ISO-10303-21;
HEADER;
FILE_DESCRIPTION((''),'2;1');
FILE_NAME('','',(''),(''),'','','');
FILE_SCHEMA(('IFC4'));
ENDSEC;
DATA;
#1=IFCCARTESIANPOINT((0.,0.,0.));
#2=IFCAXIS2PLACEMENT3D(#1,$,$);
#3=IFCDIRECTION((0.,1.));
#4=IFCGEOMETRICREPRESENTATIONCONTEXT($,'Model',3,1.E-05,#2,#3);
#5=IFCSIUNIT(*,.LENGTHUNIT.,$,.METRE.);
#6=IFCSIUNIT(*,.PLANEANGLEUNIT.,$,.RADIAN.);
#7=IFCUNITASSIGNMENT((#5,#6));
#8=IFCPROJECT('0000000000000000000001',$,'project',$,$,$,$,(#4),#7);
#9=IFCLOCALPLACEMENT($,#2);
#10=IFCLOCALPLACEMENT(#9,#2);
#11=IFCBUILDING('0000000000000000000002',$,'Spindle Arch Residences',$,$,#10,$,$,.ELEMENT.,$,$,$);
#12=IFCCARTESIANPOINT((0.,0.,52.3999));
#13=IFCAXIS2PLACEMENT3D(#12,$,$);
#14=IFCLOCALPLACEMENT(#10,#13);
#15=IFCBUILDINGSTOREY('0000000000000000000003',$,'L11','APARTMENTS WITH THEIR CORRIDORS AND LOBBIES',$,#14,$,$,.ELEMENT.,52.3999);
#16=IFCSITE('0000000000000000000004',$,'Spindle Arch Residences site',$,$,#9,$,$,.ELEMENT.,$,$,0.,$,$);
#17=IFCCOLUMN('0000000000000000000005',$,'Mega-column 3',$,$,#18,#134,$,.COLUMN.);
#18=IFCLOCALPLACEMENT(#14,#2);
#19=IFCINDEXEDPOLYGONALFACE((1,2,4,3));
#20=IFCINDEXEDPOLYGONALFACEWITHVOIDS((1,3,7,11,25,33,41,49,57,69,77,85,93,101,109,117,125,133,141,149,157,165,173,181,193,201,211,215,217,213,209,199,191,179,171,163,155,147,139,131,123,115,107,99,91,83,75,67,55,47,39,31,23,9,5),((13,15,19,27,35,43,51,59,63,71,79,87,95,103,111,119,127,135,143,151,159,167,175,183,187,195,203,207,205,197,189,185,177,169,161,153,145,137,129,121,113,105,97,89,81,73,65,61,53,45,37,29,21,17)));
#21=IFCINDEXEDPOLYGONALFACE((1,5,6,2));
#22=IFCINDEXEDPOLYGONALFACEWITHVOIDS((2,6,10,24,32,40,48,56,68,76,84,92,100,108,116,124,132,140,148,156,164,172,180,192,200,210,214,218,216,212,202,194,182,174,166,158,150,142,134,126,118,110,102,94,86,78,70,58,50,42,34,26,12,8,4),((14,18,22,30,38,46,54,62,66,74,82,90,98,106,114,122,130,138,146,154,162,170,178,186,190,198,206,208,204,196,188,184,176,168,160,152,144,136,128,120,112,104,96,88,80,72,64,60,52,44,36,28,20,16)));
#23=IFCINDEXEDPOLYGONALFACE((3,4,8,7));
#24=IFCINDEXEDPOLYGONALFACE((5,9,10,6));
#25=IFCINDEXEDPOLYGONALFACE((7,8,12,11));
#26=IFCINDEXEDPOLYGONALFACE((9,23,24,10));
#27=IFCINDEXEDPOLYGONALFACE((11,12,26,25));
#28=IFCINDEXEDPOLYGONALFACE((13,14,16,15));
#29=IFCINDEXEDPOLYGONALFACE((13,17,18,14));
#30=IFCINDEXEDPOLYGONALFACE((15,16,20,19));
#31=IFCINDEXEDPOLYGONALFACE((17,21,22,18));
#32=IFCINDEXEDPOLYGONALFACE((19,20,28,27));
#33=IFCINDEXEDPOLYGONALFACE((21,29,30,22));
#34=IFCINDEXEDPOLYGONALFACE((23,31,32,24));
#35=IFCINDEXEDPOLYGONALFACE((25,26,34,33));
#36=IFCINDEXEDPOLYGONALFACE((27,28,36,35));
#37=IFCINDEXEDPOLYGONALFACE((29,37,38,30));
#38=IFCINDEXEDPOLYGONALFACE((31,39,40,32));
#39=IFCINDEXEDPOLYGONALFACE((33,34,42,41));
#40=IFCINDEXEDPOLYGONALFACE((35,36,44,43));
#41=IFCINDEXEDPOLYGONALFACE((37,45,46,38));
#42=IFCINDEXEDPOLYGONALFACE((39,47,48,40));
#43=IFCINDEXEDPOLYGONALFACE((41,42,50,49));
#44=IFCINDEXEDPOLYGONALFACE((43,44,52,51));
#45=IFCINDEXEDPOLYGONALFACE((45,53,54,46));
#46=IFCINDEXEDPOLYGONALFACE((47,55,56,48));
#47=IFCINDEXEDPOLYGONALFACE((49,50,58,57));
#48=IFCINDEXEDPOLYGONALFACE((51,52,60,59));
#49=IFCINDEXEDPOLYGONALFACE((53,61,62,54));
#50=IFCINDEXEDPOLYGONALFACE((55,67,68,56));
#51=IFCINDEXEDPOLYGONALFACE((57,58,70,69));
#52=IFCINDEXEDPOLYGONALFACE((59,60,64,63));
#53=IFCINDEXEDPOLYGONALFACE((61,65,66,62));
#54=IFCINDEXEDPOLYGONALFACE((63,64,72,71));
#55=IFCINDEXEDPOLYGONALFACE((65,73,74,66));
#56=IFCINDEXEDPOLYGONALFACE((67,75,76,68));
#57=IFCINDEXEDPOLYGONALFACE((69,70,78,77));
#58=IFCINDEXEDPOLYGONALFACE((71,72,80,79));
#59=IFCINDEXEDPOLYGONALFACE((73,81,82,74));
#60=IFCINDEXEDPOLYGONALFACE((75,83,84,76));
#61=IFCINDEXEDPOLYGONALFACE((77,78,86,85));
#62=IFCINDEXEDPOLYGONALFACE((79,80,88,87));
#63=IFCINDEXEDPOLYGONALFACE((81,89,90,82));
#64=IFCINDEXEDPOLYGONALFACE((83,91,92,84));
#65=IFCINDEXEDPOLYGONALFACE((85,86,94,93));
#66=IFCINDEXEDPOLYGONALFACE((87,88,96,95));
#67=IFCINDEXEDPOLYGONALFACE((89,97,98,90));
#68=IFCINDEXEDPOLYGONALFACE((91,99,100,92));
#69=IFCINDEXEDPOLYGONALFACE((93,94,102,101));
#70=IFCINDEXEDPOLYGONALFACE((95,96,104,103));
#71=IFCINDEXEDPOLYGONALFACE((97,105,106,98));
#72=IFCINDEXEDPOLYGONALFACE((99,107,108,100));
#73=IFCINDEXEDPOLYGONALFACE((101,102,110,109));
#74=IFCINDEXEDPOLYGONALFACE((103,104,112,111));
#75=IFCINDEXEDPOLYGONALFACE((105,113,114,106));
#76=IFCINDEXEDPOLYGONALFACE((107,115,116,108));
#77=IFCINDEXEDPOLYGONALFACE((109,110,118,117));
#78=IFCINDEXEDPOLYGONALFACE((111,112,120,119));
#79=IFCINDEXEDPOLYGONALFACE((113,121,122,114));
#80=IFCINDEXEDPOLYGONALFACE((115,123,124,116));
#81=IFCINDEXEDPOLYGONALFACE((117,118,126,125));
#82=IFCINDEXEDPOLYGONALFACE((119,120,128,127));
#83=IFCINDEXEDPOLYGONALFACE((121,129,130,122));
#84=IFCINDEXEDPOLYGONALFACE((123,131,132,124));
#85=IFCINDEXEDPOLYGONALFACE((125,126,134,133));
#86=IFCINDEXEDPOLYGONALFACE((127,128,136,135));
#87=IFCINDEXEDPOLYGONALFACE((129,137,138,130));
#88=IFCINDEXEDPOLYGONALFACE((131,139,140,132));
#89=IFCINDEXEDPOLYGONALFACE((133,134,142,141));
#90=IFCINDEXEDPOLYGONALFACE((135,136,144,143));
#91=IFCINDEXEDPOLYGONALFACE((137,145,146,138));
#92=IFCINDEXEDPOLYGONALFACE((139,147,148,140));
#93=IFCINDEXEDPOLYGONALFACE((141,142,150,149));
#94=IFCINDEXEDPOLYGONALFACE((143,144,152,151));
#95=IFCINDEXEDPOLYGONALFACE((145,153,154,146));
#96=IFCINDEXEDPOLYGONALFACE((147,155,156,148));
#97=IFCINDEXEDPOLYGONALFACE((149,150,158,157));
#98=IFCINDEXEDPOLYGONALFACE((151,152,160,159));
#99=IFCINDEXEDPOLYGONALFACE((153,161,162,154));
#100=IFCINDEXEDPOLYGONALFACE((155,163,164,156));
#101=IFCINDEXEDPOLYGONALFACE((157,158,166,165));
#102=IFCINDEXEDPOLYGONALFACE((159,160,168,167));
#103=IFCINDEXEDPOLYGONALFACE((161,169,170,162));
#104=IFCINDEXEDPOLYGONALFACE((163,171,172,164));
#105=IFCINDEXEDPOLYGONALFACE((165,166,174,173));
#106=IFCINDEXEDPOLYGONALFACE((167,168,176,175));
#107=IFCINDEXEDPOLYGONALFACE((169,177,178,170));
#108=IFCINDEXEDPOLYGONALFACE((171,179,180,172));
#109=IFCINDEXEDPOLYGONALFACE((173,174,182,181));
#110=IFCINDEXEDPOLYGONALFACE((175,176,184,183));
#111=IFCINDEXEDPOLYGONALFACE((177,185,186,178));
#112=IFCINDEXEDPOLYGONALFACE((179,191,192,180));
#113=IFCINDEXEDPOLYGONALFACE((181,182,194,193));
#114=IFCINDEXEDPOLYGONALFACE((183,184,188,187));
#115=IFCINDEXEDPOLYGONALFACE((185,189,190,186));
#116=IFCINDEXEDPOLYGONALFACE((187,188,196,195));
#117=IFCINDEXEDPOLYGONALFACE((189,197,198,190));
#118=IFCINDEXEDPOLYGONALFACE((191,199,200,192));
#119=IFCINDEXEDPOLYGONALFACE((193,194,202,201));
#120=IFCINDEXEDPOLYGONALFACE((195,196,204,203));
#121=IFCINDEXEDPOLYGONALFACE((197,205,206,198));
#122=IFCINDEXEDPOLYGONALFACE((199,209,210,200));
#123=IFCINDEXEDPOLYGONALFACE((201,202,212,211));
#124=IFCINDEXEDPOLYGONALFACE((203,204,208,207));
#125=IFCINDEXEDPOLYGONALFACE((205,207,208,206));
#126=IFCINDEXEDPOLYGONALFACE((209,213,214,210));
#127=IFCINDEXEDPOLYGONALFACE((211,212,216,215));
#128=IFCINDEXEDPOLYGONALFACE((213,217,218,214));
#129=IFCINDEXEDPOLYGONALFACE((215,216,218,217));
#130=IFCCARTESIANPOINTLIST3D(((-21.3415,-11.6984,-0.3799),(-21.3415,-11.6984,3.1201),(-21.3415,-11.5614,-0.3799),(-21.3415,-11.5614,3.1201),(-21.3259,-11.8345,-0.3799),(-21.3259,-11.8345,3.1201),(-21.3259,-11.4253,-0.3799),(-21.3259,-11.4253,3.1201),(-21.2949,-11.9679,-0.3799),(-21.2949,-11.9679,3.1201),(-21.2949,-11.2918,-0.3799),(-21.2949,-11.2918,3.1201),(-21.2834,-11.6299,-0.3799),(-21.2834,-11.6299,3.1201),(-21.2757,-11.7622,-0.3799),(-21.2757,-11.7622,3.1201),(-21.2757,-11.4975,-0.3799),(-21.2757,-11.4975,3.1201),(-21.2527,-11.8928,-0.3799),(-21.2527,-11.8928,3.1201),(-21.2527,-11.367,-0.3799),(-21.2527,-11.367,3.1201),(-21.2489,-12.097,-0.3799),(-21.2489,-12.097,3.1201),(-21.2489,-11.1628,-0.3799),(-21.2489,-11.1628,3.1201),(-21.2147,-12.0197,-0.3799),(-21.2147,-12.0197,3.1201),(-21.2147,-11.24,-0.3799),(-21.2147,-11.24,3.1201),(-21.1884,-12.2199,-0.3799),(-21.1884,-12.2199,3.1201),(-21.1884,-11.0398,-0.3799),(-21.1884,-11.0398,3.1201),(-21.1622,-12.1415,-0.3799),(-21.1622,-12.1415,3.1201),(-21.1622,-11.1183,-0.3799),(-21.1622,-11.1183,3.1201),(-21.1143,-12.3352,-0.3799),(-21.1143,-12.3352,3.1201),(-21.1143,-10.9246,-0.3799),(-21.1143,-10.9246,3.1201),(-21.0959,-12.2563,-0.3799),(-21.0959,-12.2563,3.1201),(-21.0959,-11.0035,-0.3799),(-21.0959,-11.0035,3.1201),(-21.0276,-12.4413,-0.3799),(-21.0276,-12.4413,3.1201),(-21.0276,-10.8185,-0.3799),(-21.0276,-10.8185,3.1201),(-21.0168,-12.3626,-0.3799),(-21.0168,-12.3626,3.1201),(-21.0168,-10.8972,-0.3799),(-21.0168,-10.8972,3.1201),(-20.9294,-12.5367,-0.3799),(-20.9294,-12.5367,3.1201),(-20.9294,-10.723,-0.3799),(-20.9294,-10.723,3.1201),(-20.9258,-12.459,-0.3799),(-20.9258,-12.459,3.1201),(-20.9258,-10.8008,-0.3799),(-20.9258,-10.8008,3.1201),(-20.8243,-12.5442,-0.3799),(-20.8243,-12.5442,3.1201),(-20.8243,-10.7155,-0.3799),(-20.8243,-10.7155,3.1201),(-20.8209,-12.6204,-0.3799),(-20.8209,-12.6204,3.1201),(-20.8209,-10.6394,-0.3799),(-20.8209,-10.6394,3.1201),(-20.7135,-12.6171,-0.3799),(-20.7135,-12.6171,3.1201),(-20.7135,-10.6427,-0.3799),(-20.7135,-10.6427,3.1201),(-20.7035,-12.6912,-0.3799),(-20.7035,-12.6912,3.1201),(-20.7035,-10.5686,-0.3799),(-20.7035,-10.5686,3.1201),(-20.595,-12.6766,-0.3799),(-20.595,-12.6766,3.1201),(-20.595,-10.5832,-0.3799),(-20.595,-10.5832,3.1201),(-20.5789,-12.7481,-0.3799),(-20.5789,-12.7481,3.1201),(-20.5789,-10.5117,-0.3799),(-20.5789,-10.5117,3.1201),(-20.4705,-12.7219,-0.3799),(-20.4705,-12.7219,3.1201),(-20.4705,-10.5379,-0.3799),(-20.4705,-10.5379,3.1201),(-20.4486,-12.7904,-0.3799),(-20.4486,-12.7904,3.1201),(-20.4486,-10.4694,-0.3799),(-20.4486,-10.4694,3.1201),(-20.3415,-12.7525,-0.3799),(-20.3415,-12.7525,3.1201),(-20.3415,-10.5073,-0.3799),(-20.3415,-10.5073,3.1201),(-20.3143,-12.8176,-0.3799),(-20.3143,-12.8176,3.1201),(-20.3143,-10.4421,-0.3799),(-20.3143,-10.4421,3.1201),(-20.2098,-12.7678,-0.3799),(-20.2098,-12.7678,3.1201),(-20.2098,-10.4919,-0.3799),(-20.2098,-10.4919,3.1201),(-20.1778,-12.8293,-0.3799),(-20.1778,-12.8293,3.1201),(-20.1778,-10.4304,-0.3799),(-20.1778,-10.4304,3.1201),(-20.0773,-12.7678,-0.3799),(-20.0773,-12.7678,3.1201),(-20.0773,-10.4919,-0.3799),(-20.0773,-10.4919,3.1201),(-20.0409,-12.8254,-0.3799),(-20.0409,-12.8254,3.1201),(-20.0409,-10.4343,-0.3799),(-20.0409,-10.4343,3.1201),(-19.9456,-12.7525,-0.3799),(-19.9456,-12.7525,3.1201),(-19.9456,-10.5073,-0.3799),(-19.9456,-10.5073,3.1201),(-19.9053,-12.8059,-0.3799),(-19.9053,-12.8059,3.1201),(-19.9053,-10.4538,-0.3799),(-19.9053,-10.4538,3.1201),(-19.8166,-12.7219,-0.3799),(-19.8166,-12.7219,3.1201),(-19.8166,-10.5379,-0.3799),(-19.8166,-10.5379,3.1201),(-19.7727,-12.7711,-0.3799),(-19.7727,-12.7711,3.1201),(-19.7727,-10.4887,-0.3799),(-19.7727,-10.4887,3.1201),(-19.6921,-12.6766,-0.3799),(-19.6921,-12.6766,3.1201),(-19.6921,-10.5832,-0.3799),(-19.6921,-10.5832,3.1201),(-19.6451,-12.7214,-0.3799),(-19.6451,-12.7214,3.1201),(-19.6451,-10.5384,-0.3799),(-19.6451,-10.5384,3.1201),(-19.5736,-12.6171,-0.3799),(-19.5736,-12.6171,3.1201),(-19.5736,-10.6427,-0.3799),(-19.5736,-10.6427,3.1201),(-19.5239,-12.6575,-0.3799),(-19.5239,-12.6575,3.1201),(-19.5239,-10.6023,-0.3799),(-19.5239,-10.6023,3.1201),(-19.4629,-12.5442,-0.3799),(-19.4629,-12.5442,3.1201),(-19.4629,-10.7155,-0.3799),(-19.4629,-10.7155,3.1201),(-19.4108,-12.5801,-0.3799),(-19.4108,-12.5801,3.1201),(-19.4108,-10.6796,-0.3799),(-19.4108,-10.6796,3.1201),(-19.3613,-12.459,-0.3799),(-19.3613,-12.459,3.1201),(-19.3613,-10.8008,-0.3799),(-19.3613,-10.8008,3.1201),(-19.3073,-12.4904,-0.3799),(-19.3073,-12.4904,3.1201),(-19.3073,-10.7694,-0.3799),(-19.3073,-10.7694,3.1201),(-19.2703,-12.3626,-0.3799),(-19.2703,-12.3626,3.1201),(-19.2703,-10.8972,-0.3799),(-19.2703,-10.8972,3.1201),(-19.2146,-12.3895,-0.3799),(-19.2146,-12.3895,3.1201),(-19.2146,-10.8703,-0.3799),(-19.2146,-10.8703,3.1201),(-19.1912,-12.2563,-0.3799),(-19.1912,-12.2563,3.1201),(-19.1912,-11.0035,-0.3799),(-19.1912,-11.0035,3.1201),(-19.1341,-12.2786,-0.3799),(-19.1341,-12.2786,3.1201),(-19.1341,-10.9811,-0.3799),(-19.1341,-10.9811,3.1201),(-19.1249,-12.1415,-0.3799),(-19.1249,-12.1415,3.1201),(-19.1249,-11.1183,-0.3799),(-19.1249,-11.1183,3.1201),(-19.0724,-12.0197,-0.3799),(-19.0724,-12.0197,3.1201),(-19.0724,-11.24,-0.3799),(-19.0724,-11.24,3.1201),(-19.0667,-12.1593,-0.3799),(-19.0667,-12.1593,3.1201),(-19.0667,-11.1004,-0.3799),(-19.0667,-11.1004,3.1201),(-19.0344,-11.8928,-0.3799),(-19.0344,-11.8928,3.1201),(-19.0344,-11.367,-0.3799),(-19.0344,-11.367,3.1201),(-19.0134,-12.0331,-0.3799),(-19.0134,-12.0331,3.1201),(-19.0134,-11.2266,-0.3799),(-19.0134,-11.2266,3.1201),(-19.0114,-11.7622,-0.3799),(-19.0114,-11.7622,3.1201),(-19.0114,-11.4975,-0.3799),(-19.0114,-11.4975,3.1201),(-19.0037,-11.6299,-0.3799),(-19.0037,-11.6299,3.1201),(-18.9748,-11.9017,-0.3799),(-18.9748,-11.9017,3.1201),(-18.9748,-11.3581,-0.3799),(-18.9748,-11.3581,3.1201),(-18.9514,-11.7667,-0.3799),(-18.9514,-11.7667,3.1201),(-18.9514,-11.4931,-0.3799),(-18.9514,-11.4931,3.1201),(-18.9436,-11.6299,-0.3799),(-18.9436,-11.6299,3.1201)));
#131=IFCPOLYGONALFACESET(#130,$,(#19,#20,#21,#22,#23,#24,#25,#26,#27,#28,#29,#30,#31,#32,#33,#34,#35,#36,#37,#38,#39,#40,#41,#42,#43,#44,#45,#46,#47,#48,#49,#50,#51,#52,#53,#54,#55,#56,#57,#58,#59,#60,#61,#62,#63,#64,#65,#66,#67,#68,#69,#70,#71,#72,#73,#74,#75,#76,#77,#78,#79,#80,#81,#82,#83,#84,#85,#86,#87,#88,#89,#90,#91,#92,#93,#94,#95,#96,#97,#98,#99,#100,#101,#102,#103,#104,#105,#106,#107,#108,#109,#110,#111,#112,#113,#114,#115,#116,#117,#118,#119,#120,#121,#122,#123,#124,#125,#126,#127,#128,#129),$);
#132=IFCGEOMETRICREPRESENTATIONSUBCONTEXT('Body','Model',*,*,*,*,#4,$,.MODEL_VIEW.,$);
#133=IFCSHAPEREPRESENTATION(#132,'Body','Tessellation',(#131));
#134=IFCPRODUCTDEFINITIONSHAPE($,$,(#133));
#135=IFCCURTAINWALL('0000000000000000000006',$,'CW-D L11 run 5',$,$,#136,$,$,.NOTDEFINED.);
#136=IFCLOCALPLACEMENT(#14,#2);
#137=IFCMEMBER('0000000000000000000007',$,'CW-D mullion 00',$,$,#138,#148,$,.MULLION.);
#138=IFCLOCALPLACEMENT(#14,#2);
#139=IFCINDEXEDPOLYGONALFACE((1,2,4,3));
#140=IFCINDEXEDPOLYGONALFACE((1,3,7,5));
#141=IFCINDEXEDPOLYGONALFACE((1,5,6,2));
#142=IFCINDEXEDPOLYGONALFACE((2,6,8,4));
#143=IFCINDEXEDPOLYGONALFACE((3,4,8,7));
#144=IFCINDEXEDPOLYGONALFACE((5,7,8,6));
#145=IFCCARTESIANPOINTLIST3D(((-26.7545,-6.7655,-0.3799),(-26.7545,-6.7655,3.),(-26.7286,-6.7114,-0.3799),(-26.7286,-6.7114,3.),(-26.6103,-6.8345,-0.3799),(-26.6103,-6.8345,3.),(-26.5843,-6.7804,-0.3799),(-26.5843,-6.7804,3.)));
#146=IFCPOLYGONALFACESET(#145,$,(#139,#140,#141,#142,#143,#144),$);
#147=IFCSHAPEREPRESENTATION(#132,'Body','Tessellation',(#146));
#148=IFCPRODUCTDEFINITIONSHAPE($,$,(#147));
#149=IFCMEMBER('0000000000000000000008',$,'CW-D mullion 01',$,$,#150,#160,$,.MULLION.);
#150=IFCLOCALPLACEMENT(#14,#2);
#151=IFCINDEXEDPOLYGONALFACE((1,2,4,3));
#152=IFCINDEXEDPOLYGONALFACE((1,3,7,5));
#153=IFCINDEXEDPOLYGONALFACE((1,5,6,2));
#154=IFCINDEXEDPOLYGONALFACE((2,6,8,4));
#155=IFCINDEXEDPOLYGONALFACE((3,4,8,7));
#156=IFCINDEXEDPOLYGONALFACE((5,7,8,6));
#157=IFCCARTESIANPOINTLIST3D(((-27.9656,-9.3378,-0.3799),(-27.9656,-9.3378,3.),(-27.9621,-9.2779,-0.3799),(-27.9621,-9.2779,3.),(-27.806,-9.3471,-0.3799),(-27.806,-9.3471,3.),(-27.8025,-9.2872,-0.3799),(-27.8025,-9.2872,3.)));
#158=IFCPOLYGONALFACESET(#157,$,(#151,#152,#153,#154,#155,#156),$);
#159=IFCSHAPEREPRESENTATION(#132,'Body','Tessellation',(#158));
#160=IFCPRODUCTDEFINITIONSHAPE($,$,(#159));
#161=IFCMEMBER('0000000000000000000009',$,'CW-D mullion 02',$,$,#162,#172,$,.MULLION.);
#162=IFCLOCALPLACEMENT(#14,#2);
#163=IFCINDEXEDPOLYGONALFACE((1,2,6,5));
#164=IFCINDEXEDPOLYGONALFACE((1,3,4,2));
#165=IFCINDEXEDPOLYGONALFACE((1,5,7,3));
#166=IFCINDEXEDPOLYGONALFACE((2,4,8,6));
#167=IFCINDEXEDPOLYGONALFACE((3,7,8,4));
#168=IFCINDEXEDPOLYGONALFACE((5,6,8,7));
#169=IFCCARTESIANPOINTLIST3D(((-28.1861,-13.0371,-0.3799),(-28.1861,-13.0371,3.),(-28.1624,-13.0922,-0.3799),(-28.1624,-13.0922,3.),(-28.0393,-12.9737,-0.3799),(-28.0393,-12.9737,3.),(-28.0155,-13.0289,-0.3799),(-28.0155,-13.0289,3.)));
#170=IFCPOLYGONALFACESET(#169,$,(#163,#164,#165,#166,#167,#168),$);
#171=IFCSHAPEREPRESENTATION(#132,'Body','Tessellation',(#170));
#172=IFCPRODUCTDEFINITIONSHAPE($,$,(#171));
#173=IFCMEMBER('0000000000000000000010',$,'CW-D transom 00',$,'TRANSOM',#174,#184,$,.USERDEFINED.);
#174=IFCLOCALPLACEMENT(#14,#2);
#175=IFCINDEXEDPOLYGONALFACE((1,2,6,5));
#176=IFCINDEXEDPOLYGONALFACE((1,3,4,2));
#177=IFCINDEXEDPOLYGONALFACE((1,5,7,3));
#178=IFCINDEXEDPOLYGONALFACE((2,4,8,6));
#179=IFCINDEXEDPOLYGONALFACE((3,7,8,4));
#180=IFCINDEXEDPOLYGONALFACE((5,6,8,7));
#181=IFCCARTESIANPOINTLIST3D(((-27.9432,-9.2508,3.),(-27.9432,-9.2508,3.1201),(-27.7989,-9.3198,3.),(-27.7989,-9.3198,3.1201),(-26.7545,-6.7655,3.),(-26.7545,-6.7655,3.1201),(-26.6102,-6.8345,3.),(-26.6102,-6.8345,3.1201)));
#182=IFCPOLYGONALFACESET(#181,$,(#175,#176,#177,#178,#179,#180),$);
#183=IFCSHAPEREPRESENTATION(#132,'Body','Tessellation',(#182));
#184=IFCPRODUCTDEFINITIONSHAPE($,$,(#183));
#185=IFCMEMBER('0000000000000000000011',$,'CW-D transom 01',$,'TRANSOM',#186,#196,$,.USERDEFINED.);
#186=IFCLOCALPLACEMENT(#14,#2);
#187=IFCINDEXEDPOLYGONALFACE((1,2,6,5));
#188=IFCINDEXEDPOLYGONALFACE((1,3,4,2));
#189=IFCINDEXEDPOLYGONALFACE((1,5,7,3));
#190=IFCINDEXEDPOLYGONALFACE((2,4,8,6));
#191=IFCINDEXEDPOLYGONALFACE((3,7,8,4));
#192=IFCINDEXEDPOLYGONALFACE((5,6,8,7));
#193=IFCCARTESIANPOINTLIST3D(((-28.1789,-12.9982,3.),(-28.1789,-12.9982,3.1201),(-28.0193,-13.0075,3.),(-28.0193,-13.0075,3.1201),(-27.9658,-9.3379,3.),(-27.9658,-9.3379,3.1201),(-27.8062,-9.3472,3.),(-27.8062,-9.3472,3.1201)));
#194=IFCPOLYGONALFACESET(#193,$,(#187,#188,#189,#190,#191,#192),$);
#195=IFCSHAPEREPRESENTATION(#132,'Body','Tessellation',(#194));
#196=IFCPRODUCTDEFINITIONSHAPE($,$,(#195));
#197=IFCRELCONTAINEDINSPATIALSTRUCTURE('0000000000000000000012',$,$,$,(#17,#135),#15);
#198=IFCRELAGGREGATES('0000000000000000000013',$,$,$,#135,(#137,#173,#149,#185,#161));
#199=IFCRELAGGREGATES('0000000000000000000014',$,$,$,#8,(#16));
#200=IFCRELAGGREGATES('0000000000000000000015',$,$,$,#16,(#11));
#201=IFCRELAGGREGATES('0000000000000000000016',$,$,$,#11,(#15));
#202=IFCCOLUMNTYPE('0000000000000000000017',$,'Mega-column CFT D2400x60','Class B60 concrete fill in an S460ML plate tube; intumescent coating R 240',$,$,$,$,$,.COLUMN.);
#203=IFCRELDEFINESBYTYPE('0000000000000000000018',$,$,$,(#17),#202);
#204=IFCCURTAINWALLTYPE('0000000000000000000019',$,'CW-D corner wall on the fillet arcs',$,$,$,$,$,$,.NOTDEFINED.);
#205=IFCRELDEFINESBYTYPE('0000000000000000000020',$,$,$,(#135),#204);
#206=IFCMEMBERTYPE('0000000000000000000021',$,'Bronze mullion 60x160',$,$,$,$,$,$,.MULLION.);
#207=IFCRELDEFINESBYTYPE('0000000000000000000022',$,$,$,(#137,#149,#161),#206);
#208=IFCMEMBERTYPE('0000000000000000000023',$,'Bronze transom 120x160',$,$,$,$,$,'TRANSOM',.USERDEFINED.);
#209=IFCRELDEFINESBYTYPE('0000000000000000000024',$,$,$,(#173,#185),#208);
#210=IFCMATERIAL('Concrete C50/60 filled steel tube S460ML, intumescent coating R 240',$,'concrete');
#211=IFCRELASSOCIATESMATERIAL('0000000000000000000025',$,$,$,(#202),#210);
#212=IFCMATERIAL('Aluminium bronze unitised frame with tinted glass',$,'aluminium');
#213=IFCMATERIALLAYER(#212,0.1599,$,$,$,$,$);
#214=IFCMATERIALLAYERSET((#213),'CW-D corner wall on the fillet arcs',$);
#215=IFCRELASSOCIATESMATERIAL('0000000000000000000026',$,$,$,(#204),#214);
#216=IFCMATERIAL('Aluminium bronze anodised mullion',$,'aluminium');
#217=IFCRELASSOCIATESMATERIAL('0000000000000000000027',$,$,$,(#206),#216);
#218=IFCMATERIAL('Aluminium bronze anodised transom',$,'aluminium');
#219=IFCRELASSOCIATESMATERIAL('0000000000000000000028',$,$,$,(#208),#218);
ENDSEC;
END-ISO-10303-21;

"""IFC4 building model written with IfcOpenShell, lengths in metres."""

from ifc_helpers import new_model, si_unit, direction, frame, origin, origin_2d, place, context, subcontext, project, spatial, rectangle, hollow_circle, extrude, material, layer, layer_set, material_profile, profile_set, type_object, element, aggregate, save


model = new_model("IFC4")

# Units and contexts
model_context = context("Model", 3, precision=1e-05, world=origin(), true_north=direction((0.0, 1.0)))
body_context = subcontext(model_context, "Body", "Model", "MODEL_VIEW")
ifc_project = project(units=[si_unit("LENGTHUNIT", "METRE"), si_unit("PLANEANGLEUNIT", "RADIAN")], contexts=[model_context])

# Site, building, storey
site_placement = place(None, origin())
site = spatial("IfcSite", under=ifc_project, at=site_placement, Name="Spindle Arch Residences site", CompositionType="ELEMENT", RefElevation=0.0)
building_placement = place(site_placement, origin())
building = spatial("IfcBuilding", under=site, at=building_placement, Name="Spindle Arch Residences", CompositionType="ELEMENT")
storey_placement = place(building_placement, frame((0.0, 0.0, 52.3999)))
storey = spatial("IfcBuildingStorey", under=building, at=storey_placement, Name="L11", Description="APARTMENTS WITH THEIR CORRIDORS AND LOBBIES", CompositionType="ELEMENT", Elevation=52.3999)

# Column
ifc_material_1 = material(Name="Concrete C50/60 filled steel tube S460ML, intumescent coating R 240", Category="concrete")
ifc_material_profile_1 = material_profile(ifc_material_1, hollow_circle(Radius=1.2, WallThickness=0.0601, at=origin_2d()), Name="CFT D2400x60")
ifc_profile_set_1 = profile_set([ifc_material_profile_1], Name="Concrete C50/60 filled steel tube S460ML, intumescent coating R 240")
column_type_1 = type_object("IfcColumnType", Name="Mega-column CFT D2400x60", Description="Class B60 concrete fill in an S460ML plate tube; intumescent coating R 240", PredefinedType="COLUMN", material=ifc_profile_set_1)
column_placement = place(storey_placement, frame((-20.1436, -11.6299, -0.3799), z_axis=(0.0, 0.0, 1.0), x_axis=(1.0, 0.0, 0.0)))
element("IfcColumn", 1, at=column_placement, inside=storey, type_object=column_type_1, Name="Mega-column 3", PredefinedType="COLUMN", context=body_context, shape_type="SweptSolid", body=[
    extrude(hollow_circle(Radius=1.2, WallThickness=0.0601, at=origin_2d()), origin(), (0.0, 0.0, 1.0), 3.5),
])

# Curtain wall, members
ifc_material_2 = material(Name="Aluminium bronze unitised frame with tinted glass", Category="aluminium")
ifc_layer_1 = layer(ifc_material_2, 0.1599)
ifc_layer_set_1 = layer_set([ifc_layer_1], Name="CW-D corner wall on the fillet arcs")
curtain_wall_type_1 = type_object("IfcCurtainWallType", Name="CW-D corner wall on the fillet arcs", PredefinedType="NOTDEFINED", material=ifc_layer_set_1)
curtain_wall_1_placement = place(storey_placement, origin())
curtain_wall_1 = element("IfcCurtainWall", 2, at=curtain_wall_1_placement, inside=storey, type_object=curtain_wall_type_1, Name="CW-D L11 run 5", PredefinedType="NOTDEFINED")
ifc_material_3 = material(Name="Aluminium bronze anodised mullion", Category="aluminium")
ifc_material_profile_2 = material_profile(ifc_material_3, rectangle(XDim=0.1599, YDim=0.0601, at=origin_2d()), Name="MU 60x160")
ifc_profile_set_2 = profile_set([ifc_material_profile_2], Name="Aluminium bronze anodised mullion")
member_type_1 = type_object("IfcMemberType", Name="Bronze mullion 60x160", PredefinedType="MULLION", material=ifc_profile_set_2)
member_1_placement = place(storey_placement, frame((-26.6694, -6.7729, -0.3799), z_axis=(0.0, 0.0, 1.0), x_axis=(0.902112, -0.431502, 0.0)))
member_1 = element("IfcMember", 3, at=member_1_placement, type_object=member_type_1, Name="CW-D mullion 00", PredefinedType="MULLION", context=body_context, shape_type="SweptSolid", body=[
    extrude(rectangle(XDim=0.1599, YDim=0.0601, at=origin_2d()), origin(), (0.0, 0.0, 1.0), 3.3799),
])
member_2_placement = place(storey_placement, frame((-27.884, -9.3125, -0.3799), z_axis=(0.0, 0.0, 1.0), x_axis=(0.998308, -0.058145, 0.0)))
member_2 = element("IfcMember", 4, at=member_2_placement, type_object=member_type_1, Name="CW-D mullion 01", PredefinedType="MULLION", context=body_context, shape_type="SweptSolid", body=[
    extrude(rectangle(XDim=0.1599, YDim=0.0601, at=origin_2d()), origin(), (0.0, 0.0, 1.0), 3.3799),
])
member_3_placement = place(storey_placement, frame((-28.1008, -13.033, -0.3799), z_axis=(0.0, 0.0, 1.0), x_axis=(0.918216, 0.39608, 0.0)))
member_3 = element("IfcMember", 5, at=member_3_placement, type_object=member_type_1, Name="CW-D mullion 02", PredefinedType="MULLION", context=body_context, shape_type="SweptSolid", body=[
    extrude(rectangle(XDim=0.1599, YDim=0.0601, at=origin_2d()), origin(), (0.0, 0.0, 1.0), 3.3799),
])
ifc_material_4 = material(Name="Aluminium bronze anodised transom", Category="aluminium")
ifc_material_profile_3 = material_profile(ifc_material_4, rectangle(XDim=0.1599, YDim=0.1201, at=origin_2d()), Name="TR 120x160")
ifc_profile_set_3 = profile_set([ifc_material_profile_3], Name="Aluminium bronze anodised transom")
member_type_2 = type_object("IfcMemberType", Name="Bronze transom 120x160", ElementType="TRANSOM", PredefinedType="USERDEFINED", material=ifc_profile_set_3)
member_4_placement = place(storey_placement, frame((-26.6824, -6.8, 3.0601), z_axis=(-0.431477, -0.902124, 0.0), x_axis=(0.902124, -0.431477, 0.0)))
member_4 = element("IfcMember", 6, at=member_4_placement, type_object=member_type_2, Name="CW-D transom 00", ObjectType="TRANSOM", PredefinedType="USERDEFINED", context=body_context, shape_type="SweptSolid", body=[
    extrude(rectangle(XDim=0.1599, YDim=0.1201, at=origin_2d()), origin(), (0.0, 0.0, 1.0), 2.7549),
])
member_5_placement = place(storey_placement, frame((-27.886, -9.3425, 3.0601), z_axis=(-0.058129, -0.998309, 0.0), x_axis=(0.998309, -0.058129, 0.0)))
member_5 = element("IfcMember", 7, at=member_5_placement, type_object=member_type_2, Name="CW-D transom 01", ObjectType="TRANSOM", PredefinedType="USERDEFINED", context=body_context, shape_type="SweptSolid", body=[
    extrude(rectangle(XDim=0.1599, YDim=0.1201, at=origin_2d()), origin(), (0.0, 0.0, 1.0), 3.6665),
])

aggregate(curtain_wall_1, [member_1, member_4, member_2, member_5, member_3])

save(model, "model.ifc")
